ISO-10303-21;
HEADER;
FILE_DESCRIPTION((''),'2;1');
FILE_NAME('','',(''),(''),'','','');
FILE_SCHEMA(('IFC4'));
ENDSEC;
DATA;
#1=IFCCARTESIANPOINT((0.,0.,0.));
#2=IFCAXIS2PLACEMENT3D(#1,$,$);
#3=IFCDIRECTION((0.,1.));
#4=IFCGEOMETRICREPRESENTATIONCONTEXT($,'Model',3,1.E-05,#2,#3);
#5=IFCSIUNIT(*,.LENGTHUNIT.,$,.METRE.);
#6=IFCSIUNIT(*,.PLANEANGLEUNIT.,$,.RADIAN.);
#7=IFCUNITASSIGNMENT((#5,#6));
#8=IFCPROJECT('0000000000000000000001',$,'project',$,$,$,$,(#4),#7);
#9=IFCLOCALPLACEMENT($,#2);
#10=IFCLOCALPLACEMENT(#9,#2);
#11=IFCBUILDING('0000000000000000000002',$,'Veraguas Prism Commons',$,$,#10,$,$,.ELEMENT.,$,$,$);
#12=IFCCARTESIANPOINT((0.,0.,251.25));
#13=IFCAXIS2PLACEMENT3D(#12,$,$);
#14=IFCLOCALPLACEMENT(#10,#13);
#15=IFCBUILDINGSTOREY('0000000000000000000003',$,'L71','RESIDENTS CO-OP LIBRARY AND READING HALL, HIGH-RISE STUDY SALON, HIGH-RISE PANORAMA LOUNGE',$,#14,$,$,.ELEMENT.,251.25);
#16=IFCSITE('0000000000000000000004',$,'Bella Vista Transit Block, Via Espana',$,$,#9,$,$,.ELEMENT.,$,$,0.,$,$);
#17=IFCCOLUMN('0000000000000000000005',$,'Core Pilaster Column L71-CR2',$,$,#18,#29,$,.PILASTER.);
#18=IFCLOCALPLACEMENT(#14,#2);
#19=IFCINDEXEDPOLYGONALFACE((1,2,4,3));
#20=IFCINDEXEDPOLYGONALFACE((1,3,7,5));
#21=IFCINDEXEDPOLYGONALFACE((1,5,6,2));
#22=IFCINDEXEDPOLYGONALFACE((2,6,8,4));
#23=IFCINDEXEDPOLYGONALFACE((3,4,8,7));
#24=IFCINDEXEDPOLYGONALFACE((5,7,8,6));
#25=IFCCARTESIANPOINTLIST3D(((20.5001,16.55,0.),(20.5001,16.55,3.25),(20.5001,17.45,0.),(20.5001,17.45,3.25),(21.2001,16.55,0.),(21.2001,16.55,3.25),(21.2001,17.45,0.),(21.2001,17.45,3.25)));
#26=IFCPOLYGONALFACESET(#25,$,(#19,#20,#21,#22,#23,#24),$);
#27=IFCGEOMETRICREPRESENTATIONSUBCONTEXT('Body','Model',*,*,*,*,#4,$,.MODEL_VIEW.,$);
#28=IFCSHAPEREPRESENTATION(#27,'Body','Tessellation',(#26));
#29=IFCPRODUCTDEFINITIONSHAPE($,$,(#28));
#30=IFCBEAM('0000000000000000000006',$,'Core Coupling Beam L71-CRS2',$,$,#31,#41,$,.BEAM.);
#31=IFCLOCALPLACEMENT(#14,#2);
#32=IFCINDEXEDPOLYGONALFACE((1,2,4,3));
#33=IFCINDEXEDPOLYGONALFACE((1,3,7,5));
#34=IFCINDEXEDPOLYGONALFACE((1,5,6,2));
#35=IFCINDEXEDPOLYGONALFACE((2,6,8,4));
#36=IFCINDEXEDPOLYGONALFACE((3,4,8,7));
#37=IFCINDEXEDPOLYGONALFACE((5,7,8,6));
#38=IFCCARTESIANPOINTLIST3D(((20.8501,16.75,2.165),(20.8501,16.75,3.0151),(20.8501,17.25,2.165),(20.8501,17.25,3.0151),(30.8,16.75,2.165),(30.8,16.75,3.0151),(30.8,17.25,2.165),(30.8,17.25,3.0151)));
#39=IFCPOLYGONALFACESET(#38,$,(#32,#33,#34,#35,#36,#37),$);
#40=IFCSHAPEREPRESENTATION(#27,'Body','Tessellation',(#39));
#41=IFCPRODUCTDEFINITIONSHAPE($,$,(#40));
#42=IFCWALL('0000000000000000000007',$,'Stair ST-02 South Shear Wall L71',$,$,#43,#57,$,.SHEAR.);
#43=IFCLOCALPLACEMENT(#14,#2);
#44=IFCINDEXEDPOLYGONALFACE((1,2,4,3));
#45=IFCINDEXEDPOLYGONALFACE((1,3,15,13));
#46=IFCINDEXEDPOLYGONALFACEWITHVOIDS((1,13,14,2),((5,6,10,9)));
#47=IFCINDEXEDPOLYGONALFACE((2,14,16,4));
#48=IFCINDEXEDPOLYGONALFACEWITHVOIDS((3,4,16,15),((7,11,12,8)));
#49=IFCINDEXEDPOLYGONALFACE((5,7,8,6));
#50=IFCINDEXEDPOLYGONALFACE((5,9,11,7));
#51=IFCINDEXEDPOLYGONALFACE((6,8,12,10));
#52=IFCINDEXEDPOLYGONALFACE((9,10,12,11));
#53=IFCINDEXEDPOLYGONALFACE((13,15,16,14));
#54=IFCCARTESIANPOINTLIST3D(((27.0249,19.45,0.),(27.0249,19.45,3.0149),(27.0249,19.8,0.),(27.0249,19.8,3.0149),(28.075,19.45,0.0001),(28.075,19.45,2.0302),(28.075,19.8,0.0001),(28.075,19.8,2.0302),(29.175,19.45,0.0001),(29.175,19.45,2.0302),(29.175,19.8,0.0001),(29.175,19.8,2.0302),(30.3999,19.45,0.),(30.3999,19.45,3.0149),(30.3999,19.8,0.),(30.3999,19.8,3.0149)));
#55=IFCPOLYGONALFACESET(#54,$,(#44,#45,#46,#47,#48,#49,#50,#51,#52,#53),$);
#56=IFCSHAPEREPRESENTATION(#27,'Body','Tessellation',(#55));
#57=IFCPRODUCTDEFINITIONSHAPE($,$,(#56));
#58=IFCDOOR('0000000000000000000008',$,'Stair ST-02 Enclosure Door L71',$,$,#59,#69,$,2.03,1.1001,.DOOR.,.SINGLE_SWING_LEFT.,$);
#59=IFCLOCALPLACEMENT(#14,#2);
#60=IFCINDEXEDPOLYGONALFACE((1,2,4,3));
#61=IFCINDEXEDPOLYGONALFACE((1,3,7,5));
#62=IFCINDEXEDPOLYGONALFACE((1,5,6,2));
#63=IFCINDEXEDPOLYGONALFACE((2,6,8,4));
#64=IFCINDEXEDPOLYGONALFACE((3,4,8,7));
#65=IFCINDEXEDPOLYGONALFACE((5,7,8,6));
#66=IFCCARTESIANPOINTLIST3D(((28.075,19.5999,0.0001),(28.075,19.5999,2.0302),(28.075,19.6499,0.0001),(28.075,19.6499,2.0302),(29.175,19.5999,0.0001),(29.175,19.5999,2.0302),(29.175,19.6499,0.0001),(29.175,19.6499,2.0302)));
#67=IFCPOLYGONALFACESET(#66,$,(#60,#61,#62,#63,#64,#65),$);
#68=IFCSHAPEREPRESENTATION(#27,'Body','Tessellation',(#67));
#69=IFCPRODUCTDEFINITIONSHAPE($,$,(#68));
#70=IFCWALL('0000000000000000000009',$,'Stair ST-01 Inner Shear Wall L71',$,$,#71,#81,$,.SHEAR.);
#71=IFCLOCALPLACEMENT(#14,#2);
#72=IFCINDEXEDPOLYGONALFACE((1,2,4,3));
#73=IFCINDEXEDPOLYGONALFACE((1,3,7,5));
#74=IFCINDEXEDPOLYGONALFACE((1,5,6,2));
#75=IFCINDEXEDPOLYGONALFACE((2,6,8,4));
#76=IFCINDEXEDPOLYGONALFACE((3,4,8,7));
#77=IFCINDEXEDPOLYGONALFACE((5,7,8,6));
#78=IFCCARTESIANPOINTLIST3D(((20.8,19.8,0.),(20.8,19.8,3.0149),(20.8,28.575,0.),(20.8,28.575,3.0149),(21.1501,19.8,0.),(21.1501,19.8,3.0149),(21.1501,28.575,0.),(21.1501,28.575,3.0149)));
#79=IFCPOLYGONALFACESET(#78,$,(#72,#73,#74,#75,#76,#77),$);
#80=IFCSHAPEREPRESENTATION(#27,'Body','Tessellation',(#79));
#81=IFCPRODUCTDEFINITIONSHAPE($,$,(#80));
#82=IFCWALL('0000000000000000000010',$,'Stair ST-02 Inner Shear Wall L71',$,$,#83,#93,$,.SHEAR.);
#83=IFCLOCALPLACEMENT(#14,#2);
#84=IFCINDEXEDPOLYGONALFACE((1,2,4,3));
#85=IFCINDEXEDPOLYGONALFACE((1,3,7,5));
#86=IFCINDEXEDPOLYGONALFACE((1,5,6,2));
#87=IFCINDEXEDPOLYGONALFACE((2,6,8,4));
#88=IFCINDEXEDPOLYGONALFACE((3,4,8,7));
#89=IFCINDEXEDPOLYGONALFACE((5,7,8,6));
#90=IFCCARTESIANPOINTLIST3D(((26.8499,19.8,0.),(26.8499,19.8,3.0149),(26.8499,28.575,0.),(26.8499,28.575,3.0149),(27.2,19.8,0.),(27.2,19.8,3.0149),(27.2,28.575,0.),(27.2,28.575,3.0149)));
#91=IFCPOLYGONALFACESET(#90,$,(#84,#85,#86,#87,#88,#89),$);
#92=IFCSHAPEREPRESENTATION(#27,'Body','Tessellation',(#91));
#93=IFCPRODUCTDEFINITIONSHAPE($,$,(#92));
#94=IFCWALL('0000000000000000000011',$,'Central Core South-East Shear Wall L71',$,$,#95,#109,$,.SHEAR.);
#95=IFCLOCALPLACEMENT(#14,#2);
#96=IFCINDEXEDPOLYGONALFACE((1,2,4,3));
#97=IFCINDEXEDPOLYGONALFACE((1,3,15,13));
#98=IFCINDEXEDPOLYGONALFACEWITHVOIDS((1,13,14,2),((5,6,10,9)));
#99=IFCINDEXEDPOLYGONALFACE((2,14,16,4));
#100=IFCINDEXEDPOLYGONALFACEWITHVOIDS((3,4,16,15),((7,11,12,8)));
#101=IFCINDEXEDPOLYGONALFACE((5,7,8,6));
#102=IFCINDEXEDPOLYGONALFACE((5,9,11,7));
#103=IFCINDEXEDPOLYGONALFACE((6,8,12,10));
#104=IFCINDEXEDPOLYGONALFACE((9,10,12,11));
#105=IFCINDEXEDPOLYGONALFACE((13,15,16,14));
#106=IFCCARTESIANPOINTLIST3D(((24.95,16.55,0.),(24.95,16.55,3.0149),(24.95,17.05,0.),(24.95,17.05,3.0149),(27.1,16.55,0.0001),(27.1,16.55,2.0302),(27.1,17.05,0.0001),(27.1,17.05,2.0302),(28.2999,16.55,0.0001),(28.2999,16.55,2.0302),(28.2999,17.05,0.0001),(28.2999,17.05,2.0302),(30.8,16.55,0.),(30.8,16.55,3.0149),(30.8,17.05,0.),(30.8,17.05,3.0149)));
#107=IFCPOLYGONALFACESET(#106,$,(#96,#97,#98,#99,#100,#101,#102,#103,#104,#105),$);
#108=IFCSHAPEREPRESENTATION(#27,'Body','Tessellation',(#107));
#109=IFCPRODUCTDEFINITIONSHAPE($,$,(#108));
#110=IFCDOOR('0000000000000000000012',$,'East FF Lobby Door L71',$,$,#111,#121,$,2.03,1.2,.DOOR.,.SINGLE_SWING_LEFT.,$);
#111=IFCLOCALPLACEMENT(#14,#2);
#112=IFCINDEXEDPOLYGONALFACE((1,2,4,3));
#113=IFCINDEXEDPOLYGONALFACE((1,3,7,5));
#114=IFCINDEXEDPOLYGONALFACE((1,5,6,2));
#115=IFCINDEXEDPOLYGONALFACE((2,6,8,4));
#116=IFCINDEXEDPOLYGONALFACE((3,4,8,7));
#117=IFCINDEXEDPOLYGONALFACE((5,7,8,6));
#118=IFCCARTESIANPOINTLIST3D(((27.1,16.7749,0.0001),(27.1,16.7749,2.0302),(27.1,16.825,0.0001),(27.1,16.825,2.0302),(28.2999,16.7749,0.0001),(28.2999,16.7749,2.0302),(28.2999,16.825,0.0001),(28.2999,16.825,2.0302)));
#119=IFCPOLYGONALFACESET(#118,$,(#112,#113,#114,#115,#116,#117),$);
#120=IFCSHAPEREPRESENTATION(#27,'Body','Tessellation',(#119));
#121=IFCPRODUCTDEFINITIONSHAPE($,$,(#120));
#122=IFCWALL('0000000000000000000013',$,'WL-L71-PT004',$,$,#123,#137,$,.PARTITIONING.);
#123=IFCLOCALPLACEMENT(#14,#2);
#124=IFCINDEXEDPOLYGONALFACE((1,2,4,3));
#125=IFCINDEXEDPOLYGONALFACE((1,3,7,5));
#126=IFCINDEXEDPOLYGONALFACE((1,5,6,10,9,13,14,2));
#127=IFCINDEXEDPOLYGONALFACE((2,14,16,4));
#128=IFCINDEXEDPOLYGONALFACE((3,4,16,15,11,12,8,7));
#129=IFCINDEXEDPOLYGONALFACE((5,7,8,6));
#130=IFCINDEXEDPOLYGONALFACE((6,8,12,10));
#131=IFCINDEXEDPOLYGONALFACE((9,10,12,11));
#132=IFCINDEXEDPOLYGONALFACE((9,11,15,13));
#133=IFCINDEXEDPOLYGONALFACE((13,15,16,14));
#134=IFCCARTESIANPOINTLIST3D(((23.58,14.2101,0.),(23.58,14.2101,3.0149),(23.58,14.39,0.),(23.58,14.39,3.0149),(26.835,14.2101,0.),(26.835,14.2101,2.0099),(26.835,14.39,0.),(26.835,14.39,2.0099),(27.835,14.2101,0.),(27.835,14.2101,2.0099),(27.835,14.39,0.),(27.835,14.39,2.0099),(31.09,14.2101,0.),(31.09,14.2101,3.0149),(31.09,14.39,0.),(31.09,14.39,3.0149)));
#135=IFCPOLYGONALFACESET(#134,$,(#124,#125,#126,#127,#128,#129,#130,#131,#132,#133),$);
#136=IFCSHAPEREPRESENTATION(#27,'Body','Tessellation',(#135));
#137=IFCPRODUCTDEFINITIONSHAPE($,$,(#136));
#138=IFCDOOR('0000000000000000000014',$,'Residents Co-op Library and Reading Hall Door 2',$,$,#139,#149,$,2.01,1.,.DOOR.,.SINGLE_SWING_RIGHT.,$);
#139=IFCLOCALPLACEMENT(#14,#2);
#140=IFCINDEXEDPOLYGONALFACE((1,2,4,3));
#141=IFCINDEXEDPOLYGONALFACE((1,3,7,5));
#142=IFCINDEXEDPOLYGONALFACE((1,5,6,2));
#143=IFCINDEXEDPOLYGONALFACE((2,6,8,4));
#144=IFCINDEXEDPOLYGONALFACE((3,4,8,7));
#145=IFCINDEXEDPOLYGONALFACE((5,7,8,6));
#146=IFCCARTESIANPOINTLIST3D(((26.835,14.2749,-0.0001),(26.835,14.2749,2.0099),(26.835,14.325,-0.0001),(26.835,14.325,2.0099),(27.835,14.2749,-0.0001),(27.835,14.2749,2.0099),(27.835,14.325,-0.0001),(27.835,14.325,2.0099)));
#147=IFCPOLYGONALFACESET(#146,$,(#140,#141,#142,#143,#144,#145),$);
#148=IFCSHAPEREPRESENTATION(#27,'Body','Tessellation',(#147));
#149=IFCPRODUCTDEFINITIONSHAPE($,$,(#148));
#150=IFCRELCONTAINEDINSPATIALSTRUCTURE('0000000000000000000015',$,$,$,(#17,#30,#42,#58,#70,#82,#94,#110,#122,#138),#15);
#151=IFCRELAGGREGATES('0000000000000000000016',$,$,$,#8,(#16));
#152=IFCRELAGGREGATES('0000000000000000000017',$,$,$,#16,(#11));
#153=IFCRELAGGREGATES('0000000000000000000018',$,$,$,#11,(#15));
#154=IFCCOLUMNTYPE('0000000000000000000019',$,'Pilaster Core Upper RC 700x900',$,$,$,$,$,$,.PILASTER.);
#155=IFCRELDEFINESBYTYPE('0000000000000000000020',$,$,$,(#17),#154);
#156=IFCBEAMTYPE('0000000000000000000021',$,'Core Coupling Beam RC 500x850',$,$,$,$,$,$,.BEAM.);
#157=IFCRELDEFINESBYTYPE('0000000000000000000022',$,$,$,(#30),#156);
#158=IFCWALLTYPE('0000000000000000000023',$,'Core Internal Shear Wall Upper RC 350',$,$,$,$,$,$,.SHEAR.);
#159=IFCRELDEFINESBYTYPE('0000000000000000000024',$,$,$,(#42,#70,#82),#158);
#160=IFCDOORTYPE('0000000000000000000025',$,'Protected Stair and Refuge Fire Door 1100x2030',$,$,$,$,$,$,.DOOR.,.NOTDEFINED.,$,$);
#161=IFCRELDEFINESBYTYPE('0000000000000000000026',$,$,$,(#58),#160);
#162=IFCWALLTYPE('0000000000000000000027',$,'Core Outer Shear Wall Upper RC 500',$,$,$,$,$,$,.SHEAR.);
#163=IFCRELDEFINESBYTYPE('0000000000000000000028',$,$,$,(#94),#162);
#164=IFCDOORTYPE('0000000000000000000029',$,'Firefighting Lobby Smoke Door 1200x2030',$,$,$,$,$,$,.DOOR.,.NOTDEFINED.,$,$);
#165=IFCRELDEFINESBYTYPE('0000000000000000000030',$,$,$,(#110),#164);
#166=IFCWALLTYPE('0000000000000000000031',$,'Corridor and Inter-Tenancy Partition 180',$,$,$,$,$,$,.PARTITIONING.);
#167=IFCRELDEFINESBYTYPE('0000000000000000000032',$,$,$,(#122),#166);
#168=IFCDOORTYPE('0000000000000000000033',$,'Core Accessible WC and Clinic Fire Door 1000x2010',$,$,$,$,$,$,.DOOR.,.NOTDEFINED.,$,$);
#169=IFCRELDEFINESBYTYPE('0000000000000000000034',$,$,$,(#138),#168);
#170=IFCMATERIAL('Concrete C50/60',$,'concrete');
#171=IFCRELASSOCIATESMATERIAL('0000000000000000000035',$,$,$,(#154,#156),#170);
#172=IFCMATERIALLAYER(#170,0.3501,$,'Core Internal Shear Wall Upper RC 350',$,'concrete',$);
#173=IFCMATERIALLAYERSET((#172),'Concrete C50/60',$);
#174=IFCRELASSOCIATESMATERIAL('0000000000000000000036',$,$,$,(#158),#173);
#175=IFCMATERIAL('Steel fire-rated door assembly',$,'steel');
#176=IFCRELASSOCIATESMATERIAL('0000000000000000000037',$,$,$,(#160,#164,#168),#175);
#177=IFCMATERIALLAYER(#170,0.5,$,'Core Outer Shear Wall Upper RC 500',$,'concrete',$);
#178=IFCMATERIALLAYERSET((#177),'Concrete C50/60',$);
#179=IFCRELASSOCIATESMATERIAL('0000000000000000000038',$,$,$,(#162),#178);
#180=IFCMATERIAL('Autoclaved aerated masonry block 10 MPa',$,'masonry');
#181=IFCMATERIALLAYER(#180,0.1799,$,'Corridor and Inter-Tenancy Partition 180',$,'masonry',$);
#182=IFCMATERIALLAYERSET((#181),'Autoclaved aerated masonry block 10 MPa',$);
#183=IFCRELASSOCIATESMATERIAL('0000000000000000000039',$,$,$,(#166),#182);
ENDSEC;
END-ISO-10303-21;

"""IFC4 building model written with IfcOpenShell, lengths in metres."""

from ifc_helpers import new_model, si_unit, direction, frame, frame_2d, origin, origin_2d, place, context, subcontext, project, spatial, rectangle, extrude, source, transform, mapped, material, layer, layer_set, material_profile, profile_set, type_object, element, fill, save


model = new_model("IFC4")

# Units and contexts
model_context = context("Model", 3, precision=1e-05, world=origin(), true_north=direction((0.0, 1.0)))
body_context = subcontext(model_context, "Body", "Model", "MODEL_VIEW")
ifc_project = project(units=[si_unit("LENGTHUNIT", "METRE"), si_unit("PLANEANGLEUNIT", "RADIAN")], contexts=[model_context])

# Site, building, storey
site_placement = place(None, origin())
site = spatial("IfcSite", under=ifc_project, at=site_placement, Name="Bella Vista Transit Block, Via Espana", CompositionType="ELEMENT", RefElevation=0.0)
building_placement = place(site_placement, origin())
building = spatial("IfcBuilding", under=site, at=building_placement, Name="Veraguas Prism Commons", CompositionType="ELEMENT")
storey_placement = place(building_placement, frame((0.0, 0.0, 251.25)))
storey = spatial("IfcBuildingStorey", under=building, at=storey_placement, Name="L71", Description="RESIDENTS CO-OP LIBRARY AND READING HALL, HIGH-RISE STUDY SALON, HIGH-RISE PANORAMA LOUNGE", CompositionType="ELEMENT", Elevation=251.25)

# Column
ifc_material_1 = material(Name="Concrete C50/60", Category="concrete")
ifc_material_profile_1 = material_profile(ifc_material_1, rectangle(XDim=0.7, YDim=0.8999, at=origin_2d()), Name="RC700X900")
ifc_profile_set_1 = profile_set([ifc_material_profile_1], Name="Concrete C50/60")
column_type = type_object("IfcColumnType", Name="Pilaster Core Upper RC 700x900", PredefinedType="PILASTER", material=ifc_profile_set_1)
column_placement = place(storey_placement, frame((20.8501, 17.0, 0.0), z_axis=(0.0, 0.0, 1.0), x_axis=(1.0, 0.0, 0.0)))
element("IfcColumn", 1, at=column_placement, inside=storey, type_object=column_type, Name="Core Pilaster Column L71-CR2", PredefinedType="PILASTER", context=body_context, shape_type="SweptSolid", body=[
    extrude(rectangle(XDim=0.7, YDim=0.8999, at=origin_2d()), origin(), (0.0, 0.0, 1.0), 3.25),
])

# Beam
ifc_material_profile_2 = material_profile(ifc_material_1, rectangle(XDim=0.5, YDim=0.8501, at=origin_2d()), Name="RC500X850")
ifc_profile_set_2 = profile_set([ifc_material_profile_2], Name="Concrete C50/60")
beam_type = type_object("IfcBeamType", Name="Core Coupling Beam RC 500x850", PredefinedType="BEAM", material=ifc_profile_set_2)
beam_placement = place(storey_placement, frame((20.8501, 17.0, 2.5901), z_axis=(1.0, 0.0, 0.0), x_axis=(0.0, 1.0, 0.0)))
element("IfcBeam", 2, at=beam_placement, inside=storey, type_object=beam_type, Name="Core Coupling Beam L71-CRS2", PredefinedType="BEAM", context=body_context, shape_type="SweptSolid", body=[
    extrude(rectangle(XDim=0.5, YDim=0.8501, at=origin_2d()), origin(), (0.0, 0.0, 1.0), 9.95),
])

# Wall, opening, door
ifc_layer_1 = layer(ifc_material_1, 0.3501, Name="Core Internal Shear Wall Upper RC 350", Category="concrete")
ifc_layer_set_1 = layer_set([ifc_layer_1], Name="Concrete C50/60")
wall_type_1 = type_object("IfcWallType", Name="Core Internal Shear Wall Upper RC 350", PredefinedType="SHEAR", material=ifc_layer_set_1)
wall_1_placement = place(storey_placement, frame((27.0249, 19.625, 0.0), z_axis=(0.0, 0.0, 1.0), x_axis=(1.0, 0.0, 0.0)))
wall_1 = element("IfcWall", 3, at=wall_1_placement, inside=storey, type_object=wall_type_1, Name="Stair ST-02 South Shear Wall L71", PredefinedType="SHEAR", context=body_context, shape_type="SweptSolid", body=[
    extrude(rectangle(XDim=3.375, YDim=0.3501, at=frame_2d((1.6875, 0.0))), origin(), (0.0, 0.0, 1.0), 3.0149),
])
opening_1_placement = place(wall_1_placement, frame((1.05, 0.0, 0.0)))
opening_1 = element("IfcOpeningElement", 4, at=opening_1_placement, cuts=wall_1, PredefinedType="OPENING", context=body_context, shape_type="SweptSolid", body=[
    extrude(rectangle(XDim=1.1001, YDim=2.03, at=frame_2d((0.55, 1.0151))), frame((0.0, 0.1851, 0.0), z_axis=(0.0, -1.0, 0.0), x_axis=(1.0, 0.0, 0.0)), (0.0, 0.0, 1.0), 0.3701),
])
ifc_material_2 = material(Name="Steel fire-rated door assembly", Category="steel")
door_type_1 = type_object("IfcDoorType", Name="Protected Stair and Refuge Fire Door 1100x2030", OperationType="NOTDEFINED", PredefinedType="DOOR", material=ifc_material_2)
shared_shape_1 = source(origin(), body_context, "Body", "SweptSolid", [
    extrude(rectangle(XDim=1.1001, YDim=2.03, at=frame_2d((0.55, 1.0151))), frame((0.0, 0.0249, 0.0), z_axis=(0.0, -1.0, 0.0), x_axis=(1.0, 0.0, 0.0)), (0.0, 0.0, 1.0), 0.05),
])
door_1_placement = place(opening_1_placement, origin())
door_1 = element("IfcDoor", 5, at=door_1_placement, inside=storey, type_object=door_type_1, Name="Stair ST-02 Enclosure Door L71", OperationType="SINGLE_SWING_LEFT", OverallHeight=2.03, OverallWidth=1.1001, PredefinedType="DOOR", context=body_context, shape_type="MappedRepresentation", body=[
    mapped(shared_shape_1, transform((0.0, 0.0, 0.0), scale=1.0)),
])
fill(opening_1, door_1)

# Walls
for number, where, z_axis, x_axis, name in (
    (6, (20.9751, 19.8, 0.0), (0.0, 0.0, 1.0), (0.0, 1.0, 0.0), "Stair ST-01 Inner Shear Wall L71"),
    (7, (27.0249, 19.8, 0.0), (0.0, 0.0, 1.0), (0.0, 1.0, 0.0), "Stair ST-02 Inner Shear Wall L71"),
):
    element("IfcWall", number, at=place(storey_placement, frame(where, z_axis=z_axis, x_axis=x_axis)), inside=storey, type_object=wall_type_1, Name=name, PredefinedType="SHEAR", context=body_context, shape_type="SweptSolid", body=[
        extrude(rectangle(XDim=8.7749, YDim=0.3501, at=frame_2d((4.3875, 0.0))), origin(), (0.0, 0.0, 1.0), 3.0149),
    ])

# Walls, openings, doors
ifc_layer_2 = layer(ifc_material_1, 0.5, Name="Core Outer Shear Wall Upper RC 500", Category="concrete")
ifc_layer_set_2 = layer_set([ifc_layer_2], Name="Concrete C50/60")
wall_type_2 = type_object("IfcWallType", Name="Core Outer Shear Wall Upper RC 500", PredefinedType="SHEAR", material=ifc_layer_set_2)
wall_2_placement = place(storey_placement, frame((24.95, 16.8, 0.0), z_axis=(0.0, 0.0, 1.0), x_axis=(1.0, 0.0, 0.0)))
wall_2 = element("IfcWall", 8, at=wall_2_placement, inside=storey, type_object=wall_type_2, Name="Central Core South-East Shear Wall L71", PredefinedType="SHEAR", context=body_context, shape_type="SweptSolid", body=[
    extrude(rectangle(XDim=5.8501, YDim=0.5, at=frame_2d((2.925, 0.0))), origin(), (0.0, 0.0, 1.0), 3.0149),
])
opening_2_placement = place(wall_2_placement, frame((2.1499, 0.0, 0.0)))
opening_2 = element("IfcOpeningElement", 9, at=opening_2_placement, cuts=wall_2, PredefinedType="OPENING", context=body_context, shape_type="SweptSolid", body=[
    extrude(rectangle(XDim=1.2, YDim=2.03, at=frame_2d((0.6001, 1.0151))), frame((0.0, 0.26, 0.0), z_axis=(0.0, -1.0, 0.0), x_axis=(1.0, 0.0, 0.0)), (0.0, 0.0, 1.0), 0.52),
])
door_type_2 = type_object("IfcDoorType", Name="Firefighting Lobby Smoke Door 1200x2030", OperationType="NOTDEFINED", PredefinedType="DOOR", material=ifc_material_2)
shared_shape_2 = source(origin(), body_context, "Body", "SweptSolid", [
    extrude(rectangle(XDim=1.2, YDim=2.03, at=frame_2d((0.6001, 1.0151))), frame((0.0, 0.0249, 0.0), z_axis=(0.0, -1.0, 0.0), x_axis=(1.0, 0.0, 0.0)), (0.0, 0.0, 1.0), 0.05),
])
door_2_placement = place(opening_2_placement, origin())
door_2 = element("IfcDoor", 10, at=door_2_placement, inside=storey, type_object=door_type_2, Name="East FF Lobby Door L71", OperationType="SINGLE_SWING_LEFT", OverallHeight=2.03, OverallWidth=1.2, PredefinedType="DOOR", context=body_context, shape_type="MappedRepresentation", body=[
    mapped(shared_shape_2, transform((0.0, 0.0, 0.0), scale=1.0)),
])
fill(opening_2, door_2)
ifc_material_3 = material(Name="Autoclaved aerated masonry block 10 MPa", Category="masonry")
ifc_layer_3 = layer(ifc_material_3, 0.1799, Name="Corridor and Inter-Tenancy Partition 180", Category="masonry")
ifc_layer_set_3 = layer_set([ifc_layer_3], Name="Autoclaved aerated masonry block 10 MPa")
wall_type_3 = type_object("IfcWallType", Name="Corridor and Inter-Tenancy Partition 180", PredefinedType="PARTITIONING", material=ifc_layer_set_3)
wall_3_placement = place(storey_placement, frame((23.5801, 14.3, 0.0), z_axis=(0.0, 0.0, 1.0), x_axis=(1.0, 0.0, 0.0)))
wall_3 = element("IfcWall", 11, at=wall_3_placement, inside=storey, type_object=wall_type_3, Name="WL-L71-PT004", PredefinedType="PARTITIONING", context=body_context, shape_type="SweptSolid", body=[
    extrude(rectangle(XDim=7.51, YDim=0.1799, at=frame_2d((3.7549, 0.0))), origin(), (0.0, 0.0, 1.0), 3.0149),
])
opening_3_placement = place(wall_3_placement, frame((3.2549, 0.0, 0.0)))
opening_3 = element("IfcOpeningElement", 12, at=opening_3_placement, cuts=wall_3, PredefinedType="OPENING", context=body_context, shape_type="SweptSolid", body=[
    extrude(rectangle(XDim=1.0, YDim=2.01, at=frame_2d((0.5, 1.0049))), frame((0.0, 0.0999, 0.0), z_axis=(0.0, -1.0, 0.0), x_axis=(1.0, 0.0, 0.0)), (0.0, 0.0, 1.0), 0.2),
])
door_type_3 = type_object("IfcDoorType", Name="Core Accessible WC and Clinic Fire Door 1000x2010", OperationType="NOTDEFINED", PredefinedType="DOOR", material=ifc_material_2)
shared_shape_3 = source(origin(), body_context, "Body", "SweptSolid", [
    extrude(rectangle(XDim=1.0, YDim=2.01, at=frame_2d((0.5, 1.0049))), frame((0.0, 0.0249, 0.0), z_axis=(0.0, -1.0, 0.0), x_axis=(1.0, 0.0, 0.0)), (0.0, 0.0, 1.0), 0.05),
])
door_3_placement = place(opening_3_placement, origin())
door_3 = element("IfcDoor", 13, at=door_3_placement, inside=storey, type_object=door_type_3, Name="Residents Co-op Library and Reading Hall Door 2", OperationType="SINGLE_SWING_RIGHT", OverallHeight=2.01, OverallWidth=1.0, PredefinedType="DOOR", context=body_context, shape_type="MappedRepresentation", body=[
    mapped(shared_shape_3, transform((0.0, 0.0, 0.0), scale=1.0)),
])
fill(opening_3, door_3)

save(model, "model.ifc")
